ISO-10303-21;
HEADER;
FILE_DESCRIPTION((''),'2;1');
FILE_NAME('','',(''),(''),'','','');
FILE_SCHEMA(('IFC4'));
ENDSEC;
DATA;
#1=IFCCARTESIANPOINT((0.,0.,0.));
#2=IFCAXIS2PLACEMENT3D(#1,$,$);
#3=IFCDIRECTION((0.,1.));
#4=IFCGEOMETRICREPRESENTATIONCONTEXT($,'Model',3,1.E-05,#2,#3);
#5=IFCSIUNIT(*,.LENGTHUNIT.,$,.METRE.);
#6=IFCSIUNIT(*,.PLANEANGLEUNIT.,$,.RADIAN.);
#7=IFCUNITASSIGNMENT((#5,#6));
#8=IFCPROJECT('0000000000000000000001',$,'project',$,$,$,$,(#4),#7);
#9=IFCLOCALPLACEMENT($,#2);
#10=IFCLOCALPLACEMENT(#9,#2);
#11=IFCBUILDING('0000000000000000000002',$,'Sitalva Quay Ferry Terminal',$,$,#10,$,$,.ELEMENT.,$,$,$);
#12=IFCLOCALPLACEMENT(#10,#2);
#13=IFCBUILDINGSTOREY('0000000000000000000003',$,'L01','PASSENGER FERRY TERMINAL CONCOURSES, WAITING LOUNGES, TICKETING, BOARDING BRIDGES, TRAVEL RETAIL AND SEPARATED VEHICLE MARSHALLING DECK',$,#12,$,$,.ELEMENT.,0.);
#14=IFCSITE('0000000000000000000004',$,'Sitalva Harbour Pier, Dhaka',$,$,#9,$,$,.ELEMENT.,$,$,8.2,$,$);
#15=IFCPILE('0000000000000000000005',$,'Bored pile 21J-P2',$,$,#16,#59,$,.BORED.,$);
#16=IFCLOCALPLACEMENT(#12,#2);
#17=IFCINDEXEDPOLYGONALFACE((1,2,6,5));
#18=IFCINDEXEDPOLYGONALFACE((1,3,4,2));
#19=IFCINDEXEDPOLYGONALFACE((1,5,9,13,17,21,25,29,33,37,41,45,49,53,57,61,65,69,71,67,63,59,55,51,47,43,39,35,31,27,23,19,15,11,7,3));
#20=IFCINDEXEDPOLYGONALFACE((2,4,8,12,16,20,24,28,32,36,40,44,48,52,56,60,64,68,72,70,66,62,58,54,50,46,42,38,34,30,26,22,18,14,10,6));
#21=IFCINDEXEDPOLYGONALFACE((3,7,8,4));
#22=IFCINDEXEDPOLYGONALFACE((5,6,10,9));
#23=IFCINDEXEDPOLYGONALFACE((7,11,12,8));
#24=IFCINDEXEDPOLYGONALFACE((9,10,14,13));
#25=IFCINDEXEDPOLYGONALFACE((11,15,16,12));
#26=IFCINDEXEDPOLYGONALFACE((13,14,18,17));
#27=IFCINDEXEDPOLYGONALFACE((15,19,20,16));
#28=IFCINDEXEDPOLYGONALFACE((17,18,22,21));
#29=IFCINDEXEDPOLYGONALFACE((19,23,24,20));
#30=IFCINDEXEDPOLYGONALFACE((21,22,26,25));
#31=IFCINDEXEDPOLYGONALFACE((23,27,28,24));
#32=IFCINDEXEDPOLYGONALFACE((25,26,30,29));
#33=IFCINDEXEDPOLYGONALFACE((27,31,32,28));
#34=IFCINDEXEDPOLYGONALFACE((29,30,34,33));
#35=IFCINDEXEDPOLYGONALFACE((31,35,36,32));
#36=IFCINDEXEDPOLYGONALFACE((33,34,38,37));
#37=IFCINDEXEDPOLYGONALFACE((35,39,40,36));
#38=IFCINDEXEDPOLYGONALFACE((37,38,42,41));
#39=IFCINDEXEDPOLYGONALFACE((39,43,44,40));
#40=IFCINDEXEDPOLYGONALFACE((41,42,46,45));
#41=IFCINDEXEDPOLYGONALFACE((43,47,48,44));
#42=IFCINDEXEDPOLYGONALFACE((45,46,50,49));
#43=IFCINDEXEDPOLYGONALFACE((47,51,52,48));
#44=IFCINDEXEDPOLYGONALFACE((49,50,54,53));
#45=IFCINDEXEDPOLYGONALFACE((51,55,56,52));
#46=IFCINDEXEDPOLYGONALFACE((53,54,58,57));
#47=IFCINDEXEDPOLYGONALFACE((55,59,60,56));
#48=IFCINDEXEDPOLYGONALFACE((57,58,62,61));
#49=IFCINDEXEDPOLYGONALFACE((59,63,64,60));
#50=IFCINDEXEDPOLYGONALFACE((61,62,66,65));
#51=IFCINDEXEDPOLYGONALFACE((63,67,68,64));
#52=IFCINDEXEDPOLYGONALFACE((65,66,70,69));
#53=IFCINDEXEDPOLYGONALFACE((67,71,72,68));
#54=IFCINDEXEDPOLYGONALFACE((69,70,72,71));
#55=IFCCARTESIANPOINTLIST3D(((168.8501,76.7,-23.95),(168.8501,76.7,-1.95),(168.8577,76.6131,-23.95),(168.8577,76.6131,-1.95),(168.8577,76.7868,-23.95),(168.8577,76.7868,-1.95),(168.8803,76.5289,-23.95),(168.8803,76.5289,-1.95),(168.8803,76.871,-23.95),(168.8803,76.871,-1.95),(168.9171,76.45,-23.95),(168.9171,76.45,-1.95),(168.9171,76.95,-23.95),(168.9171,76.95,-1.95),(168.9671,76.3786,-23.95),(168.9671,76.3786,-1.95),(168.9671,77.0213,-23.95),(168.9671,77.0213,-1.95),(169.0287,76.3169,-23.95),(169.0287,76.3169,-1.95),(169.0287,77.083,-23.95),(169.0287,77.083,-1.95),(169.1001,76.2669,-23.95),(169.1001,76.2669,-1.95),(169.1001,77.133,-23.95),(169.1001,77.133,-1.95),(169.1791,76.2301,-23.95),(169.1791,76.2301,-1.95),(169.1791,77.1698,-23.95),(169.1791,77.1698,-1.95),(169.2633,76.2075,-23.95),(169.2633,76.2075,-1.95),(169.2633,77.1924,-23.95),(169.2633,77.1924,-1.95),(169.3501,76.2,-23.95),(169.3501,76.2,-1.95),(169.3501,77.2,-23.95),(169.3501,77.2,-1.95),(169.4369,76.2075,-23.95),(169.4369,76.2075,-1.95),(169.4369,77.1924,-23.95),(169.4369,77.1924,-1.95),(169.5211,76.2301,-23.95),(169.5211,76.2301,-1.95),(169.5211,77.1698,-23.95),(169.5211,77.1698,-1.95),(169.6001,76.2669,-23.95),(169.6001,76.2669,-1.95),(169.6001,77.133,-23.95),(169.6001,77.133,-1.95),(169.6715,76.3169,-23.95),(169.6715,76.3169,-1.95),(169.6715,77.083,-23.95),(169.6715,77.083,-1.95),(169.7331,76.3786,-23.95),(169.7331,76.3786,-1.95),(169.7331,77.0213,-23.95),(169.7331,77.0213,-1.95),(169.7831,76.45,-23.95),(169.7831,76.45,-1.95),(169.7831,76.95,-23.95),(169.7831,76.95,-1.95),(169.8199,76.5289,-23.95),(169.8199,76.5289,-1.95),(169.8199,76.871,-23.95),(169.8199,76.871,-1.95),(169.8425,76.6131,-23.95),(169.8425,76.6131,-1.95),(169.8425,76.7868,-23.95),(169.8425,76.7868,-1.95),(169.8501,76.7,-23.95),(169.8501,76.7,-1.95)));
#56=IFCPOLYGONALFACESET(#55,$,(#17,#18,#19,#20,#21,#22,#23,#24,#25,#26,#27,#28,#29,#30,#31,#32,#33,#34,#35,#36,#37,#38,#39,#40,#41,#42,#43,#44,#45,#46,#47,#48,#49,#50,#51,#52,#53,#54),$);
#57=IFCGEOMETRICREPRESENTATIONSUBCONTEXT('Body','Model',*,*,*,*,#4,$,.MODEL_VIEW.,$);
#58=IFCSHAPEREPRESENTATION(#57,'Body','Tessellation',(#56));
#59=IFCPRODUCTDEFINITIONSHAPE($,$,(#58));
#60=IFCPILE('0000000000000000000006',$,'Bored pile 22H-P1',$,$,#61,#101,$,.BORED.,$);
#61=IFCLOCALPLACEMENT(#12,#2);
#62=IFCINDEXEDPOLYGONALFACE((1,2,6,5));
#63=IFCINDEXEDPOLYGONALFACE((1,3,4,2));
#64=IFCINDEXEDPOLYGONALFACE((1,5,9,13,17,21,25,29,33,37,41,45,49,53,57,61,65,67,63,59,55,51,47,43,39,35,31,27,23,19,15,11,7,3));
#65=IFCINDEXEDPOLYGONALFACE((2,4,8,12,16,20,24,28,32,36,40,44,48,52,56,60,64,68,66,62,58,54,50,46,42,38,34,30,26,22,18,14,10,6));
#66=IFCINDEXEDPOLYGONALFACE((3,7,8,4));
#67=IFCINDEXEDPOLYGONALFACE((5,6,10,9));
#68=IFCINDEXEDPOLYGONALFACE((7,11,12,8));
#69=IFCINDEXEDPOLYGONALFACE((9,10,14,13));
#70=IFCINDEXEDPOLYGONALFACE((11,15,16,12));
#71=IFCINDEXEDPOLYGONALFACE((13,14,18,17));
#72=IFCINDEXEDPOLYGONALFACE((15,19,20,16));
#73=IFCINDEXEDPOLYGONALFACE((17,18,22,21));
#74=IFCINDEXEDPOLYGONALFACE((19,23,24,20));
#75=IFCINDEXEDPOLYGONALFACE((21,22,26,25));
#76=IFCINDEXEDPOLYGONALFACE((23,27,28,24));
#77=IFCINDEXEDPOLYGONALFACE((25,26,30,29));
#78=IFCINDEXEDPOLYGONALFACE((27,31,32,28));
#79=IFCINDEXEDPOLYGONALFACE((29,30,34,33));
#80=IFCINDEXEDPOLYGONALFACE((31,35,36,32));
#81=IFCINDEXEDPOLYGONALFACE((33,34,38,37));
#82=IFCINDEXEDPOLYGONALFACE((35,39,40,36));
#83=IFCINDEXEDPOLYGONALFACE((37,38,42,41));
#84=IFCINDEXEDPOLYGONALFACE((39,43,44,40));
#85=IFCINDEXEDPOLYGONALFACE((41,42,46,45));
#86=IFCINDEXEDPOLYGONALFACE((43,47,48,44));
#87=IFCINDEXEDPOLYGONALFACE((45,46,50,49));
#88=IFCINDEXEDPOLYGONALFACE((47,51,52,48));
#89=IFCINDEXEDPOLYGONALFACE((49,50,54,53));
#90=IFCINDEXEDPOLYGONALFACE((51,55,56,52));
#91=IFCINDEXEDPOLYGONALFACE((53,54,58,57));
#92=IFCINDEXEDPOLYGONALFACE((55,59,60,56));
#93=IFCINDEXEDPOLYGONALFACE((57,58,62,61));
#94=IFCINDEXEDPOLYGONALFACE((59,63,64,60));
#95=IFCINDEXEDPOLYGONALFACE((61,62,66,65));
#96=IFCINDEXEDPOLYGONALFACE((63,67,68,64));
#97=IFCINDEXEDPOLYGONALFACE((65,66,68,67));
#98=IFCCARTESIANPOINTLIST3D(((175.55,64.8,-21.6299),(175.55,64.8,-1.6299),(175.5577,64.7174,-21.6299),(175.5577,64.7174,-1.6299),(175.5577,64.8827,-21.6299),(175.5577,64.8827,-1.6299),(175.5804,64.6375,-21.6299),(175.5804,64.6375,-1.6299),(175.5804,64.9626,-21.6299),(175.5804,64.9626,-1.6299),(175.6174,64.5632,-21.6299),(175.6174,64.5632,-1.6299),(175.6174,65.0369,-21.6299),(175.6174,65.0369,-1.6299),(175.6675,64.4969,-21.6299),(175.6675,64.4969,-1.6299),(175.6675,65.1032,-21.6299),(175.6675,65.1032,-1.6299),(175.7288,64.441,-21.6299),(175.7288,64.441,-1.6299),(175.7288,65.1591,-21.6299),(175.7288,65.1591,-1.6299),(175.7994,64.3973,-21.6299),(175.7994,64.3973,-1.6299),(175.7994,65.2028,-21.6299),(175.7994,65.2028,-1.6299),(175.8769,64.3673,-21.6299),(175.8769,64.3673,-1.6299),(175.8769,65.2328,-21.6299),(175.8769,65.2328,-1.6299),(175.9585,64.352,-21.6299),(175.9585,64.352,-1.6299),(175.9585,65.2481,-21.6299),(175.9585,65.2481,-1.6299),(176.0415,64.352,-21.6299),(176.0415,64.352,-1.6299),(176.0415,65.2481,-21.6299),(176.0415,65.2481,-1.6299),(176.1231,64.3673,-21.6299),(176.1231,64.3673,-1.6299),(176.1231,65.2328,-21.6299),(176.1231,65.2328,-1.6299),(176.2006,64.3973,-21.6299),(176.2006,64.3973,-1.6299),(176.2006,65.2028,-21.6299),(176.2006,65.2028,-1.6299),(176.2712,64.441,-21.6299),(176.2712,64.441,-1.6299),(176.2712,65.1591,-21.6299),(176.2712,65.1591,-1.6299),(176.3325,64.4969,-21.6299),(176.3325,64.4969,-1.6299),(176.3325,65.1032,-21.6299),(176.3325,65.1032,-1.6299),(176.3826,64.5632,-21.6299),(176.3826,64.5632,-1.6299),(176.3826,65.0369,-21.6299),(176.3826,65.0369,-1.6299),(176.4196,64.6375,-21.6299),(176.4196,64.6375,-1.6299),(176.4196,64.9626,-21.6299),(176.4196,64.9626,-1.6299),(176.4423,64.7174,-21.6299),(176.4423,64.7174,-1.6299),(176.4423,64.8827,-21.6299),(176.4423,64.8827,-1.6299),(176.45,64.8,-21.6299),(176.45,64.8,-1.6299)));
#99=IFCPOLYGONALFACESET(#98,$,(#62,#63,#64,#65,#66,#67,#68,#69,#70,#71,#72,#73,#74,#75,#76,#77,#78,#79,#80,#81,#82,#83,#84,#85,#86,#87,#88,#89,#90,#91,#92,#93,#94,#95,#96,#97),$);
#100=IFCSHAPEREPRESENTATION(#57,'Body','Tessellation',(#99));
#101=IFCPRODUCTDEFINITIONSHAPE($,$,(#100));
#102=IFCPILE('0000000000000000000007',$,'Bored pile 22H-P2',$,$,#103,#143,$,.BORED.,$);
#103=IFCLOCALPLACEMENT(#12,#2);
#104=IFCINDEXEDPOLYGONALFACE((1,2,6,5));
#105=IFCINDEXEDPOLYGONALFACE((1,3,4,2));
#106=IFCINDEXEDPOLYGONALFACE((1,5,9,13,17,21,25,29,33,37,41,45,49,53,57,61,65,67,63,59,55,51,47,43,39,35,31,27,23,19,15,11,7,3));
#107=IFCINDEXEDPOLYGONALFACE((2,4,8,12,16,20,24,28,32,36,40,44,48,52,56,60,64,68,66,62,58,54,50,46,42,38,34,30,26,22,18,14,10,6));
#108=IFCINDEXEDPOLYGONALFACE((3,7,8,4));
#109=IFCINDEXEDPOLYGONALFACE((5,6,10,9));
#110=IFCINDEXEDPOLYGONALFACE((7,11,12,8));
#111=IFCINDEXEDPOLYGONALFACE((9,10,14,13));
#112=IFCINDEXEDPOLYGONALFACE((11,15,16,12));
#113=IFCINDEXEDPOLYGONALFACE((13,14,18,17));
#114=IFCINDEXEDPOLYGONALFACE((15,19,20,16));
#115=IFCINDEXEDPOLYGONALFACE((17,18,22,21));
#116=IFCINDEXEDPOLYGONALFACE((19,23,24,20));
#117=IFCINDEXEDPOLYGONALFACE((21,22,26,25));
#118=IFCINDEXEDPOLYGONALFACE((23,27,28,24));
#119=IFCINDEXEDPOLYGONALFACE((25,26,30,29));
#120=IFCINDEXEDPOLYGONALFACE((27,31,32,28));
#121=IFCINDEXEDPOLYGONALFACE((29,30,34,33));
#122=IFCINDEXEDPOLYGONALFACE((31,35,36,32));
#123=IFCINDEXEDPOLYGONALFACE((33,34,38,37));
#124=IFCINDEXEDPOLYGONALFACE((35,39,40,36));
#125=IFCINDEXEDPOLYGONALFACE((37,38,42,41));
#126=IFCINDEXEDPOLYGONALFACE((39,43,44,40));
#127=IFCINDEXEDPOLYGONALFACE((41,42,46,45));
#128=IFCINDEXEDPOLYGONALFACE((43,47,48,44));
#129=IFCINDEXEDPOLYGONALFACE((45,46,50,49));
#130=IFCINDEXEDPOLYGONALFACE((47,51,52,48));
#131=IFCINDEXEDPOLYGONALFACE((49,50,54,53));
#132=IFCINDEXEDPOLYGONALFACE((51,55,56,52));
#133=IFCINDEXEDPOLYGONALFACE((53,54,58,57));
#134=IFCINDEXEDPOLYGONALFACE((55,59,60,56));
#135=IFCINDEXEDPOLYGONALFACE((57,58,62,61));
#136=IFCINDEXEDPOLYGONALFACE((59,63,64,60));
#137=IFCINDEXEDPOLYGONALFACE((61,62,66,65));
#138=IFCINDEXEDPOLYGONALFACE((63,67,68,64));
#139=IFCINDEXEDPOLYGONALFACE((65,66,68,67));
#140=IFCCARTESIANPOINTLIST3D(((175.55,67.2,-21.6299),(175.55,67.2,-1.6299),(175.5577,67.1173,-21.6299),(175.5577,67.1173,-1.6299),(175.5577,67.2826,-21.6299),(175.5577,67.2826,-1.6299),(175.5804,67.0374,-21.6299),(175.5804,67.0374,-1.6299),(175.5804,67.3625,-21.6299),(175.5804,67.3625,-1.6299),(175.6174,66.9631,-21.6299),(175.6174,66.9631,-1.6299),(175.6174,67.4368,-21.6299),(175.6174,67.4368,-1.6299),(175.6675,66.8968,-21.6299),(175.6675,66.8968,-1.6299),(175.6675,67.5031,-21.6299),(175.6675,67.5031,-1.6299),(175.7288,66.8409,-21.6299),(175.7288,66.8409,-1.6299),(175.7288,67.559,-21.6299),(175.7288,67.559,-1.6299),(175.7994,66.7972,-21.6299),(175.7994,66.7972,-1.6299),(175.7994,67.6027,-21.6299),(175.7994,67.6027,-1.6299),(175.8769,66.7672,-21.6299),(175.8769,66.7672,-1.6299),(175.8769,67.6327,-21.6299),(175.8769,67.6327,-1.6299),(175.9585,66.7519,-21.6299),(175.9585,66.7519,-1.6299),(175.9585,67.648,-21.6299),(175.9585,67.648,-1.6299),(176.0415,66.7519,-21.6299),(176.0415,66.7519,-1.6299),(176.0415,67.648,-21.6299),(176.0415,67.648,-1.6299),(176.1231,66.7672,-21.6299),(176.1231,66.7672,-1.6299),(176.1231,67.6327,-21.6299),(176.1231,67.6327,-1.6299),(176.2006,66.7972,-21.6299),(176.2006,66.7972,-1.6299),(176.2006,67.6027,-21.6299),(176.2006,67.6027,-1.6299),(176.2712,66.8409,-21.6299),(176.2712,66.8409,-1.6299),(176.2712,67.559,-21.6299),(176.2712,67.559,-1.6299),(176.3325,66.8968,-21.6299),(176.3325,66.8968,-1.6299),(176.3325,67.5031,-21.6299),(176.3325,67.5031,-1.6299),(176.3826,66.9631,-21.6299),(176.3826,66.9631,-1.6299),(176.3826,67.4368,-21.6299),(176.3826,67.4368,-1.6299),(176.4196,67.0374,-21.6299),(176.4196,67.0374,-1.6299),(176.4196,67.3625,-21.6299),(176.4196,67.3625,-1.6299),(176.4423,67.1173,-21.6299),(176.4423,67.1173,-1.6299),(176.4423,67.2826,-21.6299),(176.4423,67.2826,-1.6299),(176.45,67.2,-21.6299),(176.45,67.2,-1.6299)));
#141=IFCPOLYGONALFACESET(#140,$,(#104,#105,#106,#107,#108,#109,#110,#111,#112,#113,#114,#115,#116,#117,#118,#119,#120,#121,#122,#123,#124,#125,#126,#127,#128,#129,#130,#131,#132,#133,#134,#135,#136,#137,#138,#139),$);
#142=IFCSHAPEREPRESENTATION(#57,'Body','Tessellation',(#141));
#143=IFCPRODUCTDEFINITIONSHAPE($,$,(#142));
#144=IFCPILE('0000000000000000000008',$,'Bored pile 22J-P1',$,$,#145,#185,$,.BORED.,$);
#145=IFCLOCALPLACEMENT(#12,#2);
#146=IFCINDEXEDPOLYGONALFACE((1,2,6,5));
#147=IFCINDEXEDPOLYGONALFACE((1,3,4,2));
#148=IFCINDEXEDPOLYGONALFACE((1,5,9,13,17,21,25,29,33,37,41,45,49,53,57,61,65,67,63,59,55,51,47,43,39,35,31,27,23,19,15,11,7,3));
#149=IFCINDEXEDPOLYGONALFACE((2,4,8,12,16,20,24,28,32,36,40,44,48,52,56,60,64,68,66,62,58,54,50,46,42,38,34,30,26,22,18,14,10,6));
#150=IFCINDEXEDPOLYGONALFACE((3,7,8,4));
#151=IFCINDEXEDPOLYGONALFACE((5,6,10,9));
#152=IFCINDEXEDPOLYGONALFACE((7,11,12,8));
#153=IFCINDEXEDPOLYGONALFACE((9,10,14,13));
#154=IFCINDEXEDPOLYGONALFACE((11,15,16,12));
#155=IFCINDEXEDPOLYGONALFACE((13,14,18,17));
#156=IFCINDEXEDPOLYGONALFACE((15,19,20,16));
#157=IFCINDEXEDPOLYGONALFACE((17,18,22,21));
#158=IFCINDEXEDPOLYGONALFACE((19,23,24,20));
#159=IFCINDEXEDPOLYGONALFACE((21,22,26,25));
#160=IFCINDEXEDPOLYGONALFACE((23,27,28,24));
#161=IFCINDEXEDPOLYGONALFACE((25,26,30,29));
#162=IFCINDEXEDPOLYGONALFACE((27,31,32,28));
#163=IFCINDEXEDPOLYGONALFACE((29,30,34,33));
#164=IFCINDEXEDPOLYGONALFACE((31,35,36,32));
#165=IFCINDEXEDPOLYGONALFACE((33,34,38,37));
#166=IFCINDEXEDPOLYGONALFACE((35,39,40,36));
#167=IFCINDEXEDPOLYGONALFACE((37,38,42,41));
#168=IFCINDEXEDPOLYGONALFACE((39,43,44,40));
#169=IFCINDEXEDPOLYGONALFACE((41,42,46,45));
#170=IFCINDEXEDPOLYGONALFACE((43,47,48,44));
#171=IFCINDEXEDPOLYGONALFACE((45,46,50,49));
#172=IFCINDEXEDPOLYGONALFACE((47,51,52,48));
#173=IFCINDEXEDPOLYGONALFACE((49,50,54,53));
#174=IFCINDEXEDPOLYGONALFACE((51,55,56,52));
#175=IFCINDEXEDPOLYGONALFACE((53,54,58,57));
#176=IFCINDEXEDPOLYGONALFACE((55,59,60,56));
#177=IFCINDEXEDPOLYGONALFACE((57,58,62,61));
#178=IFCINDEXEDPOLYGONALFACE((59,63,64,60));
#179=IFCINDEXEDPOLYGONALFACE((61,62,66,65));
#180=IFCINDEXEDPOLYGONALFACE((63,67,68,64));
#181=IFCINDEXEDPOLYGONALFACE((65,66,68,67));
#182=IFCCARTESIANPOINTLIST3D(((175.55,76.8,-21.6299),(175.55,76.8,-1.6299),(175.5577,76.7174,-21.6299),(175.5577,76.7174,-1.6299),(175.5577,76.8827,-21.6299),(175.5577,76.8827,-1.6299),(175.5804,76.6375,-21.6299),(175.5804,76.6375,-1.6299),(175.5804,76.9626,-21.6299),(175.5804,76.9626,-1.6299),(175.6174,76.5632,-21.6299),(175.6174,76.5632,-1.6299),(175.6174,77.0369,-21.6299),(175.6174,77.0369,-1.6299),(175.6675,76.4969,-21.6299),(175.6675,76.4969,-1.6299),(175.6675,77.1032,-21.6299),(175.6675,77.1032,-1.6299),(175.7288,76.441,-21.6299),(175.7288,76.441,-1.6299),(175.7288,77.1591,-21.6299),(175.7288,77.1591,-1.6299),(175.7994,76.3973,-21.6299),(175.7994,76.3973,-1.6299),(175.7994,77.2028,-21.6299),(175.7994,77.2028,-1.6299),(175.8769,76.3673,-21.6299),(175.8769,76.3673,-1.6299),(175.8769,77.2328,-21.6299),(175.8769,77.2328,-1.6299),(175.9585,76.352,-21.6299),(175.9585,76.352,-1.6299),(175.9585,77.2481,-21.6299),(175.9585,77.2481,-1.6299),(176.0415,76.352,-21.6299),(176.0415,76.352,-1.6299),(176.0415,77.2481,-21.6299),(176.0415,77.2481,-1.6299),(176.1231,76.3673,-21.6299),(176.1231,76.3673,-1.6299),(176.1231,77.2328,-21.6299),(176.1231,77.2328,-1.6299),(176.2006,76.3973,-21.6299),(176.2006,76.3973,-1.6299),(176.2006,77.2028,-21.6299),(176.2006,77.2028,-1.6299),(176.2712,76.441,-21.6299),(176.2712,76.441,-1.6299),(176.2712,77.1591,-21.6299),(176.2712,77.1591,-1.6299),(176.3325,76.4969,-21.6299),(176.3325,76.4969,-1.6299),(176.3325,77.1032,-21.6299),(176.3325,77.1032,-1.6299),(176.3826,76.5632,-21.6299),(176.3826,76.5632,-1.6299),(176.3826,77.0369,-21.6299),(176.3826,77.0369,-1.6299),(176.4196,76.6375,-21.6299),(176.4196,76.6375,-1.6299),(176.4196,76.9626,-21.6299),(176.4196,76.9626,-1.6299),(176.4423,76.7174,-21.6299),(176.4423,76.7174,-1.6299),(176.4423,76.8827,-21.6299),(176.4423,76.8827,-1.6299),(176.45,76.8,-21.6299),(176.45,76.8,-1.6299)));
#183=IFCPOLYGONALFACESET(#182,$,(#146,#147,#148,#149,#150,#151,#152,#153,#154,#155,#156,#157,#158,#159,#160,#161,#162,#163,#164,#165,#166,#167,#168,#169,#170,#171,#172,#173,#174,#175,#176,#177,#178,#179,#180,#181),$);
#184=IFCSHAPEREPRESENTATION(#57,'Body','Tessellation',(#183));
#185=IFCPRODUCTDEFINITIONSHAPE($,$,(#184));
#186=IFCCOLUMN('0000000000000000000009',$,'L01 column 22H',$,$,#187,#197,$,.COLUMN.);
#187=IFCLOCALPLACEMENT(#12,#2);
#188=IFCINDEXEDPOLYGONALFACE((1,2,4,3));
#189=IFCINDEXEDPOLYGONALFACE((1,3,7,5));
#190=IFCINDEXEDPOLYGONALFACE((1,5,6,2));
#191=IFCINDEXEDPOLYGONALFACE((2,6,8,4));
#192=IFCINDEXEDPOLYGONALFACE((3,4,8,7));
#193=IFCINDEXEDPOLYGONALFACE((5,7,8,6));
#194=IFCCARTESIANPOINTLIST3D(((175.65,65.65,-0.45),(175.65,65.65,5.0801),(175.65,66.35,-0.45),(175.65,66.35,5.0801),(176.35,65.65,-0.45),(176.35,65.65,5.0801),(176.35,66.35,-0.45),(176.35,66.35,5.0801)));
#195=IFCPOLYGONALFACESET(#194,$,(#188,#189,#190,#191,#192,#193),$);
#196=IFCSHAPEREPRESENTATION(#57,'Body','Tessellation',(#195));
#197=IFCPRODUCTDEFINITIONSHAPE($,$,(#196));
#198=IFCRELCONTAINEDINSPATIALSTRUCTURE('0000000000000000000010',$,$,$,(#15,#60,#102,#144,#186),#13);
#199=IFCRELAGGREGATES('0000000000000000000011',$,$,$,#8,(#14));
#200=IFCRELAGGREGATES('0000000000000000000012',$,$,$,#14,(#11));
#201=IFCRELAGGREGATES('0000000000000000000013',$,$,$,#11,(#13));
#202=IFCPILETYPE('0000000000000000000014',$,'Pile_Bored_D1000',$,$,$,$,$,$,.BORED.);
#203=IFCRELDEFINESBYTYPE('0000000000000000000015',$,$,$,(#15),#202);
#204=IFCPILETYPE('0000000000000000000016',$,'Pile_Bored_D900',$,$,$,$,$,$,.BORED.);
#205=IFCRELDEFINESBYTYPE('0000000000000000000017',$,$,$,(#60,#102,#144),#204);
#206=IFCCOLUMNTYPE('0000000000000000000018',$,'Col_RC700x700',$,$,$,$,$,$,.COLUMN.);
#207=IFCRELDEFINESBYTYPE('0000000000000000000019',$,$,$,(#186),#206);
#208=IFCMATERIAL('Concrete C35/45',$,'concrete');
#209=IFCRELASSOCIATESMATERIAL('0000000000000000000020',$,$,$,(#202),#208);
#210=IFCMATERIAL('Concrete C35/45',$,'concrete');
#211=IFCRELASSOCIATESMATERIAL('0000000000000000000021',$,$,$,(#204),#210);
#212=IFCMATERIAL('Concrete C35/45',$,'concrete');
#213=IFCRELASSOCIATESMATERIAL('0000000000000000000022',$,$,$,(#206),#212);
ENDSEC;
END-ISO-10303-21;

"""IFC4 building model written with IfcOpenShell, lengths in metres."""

from ifc_helpers import new_model, si_unit, direction, frame, origin, origin_2d, place, context, subcontext, project, spatial, rectangle, circle, extrude, material, material_profile, profile_set, type_object, element, save


model = new_model("IFC4")

# Units and contexts
model_context = context("Model", 3, precision=1e-05, world=origin(), true_north=direction((0.0, 1.0)))
body_context = subcontext(model_context, "Body", "Model", "MODEL_VIEW")
ifc_project = project(units=[si_unit("LENGTHUNIT", "METRE"), si_unit("PLANEANGLEUNIT", "RADIAN")], contexts=[model_context])

# Site, building, storey
site_placement = place(None, origin())
site = spatial("IfcSite", under=ifc_project, at=site_placement, Name="Sitalva Harbour Pier, Dhaka", CompositionType="ELEMENT", RefElevation=8.2)
building_placement = place(site_placement, origin())
building = spatial("IfcBuilding", under=site, at=building_placement, Name="Sitalva Quay Ferry Terminal", CompositionType="ELEMENT")
storey_placement = place(building_placement, origin())
storey = spatial("IfcBuildingStorey", under=building, at=storey_placement, Name="L01", Description="PASSENGER FERRY TERMINAL CONCOURSES, WAITING LOUNGES, TICKETING, BOARDING BRIDGES, TRAVEL RETAIL AND SEPARATED VEHICLE MARSHALLING DECK", CompositionType="ELEMENT", Elevation=0.0)

# Piles
ifc_material_1 = material(Name="Concrete C35/45", Category="concrete")
ifc_material_profile_1 = material_profile(ifc_material_1, circle(Radius=0.5, at=origin_2d()), Name="PILE-D1000")
ifc_profile_set_1 = profile_set([ifc_material_profile_1], Name="Concrete C35/45")
pile_type_1 = type_object("IfcPileType", Name="Pile_Bored_D1000", PredefinedType="BORED", material=ifc_profile_set_1)
for number, where, z_axis, x_axis, name in (
    (1, (169.3501, 76.7, -1.95), (0.0, 0.0, -1.0), (1.0, 0.0, 0.0), "Bored pile 21J-P2"),
):
    element("IfcPile", number, at=place(storey_placement, frame(where, z_axis=z_axis, x_axis=x_axis)), inside=storey, type_object=pile_type_1, Name=name, PredefinedType="BORED", context=body_context, shape_type="SweptSolid", body=[
        extrude(circle(Radius=0.5, at=origin_2d()), origin(), (0.0, 0.0, 1.0), 22.0),
    ])
ifc_material_2 = material(Name="Concrete C35/45", Category="concrete")
ifc_material_profile_2 = material_profile(ifc_material_2, circle(Radius=0.45, at=origin_2d()), Name="PILE-D900")
ifc_profile_set_2 = profile_set([ifc_material_profile_2], Name="Concrete C35/45")
pile_type_2 = type_object("IfcPileType", Name="Pile_Bored_D900", PredefinedType="BORED", material=ifc_profile_set_2)
for number, where, z_axis, x_axis, name in (
    (2, (176.0, 64.8, -1.6299), (0.0, 0.0, -1.0), (1.0, 0.0, 0.0), "Bored pile 22H-P1"),
    (3, (176.0, 67.2, -1.6299), (0.0, 0.0, -1.0), (1.0, 0.0, 0.0), "Bored pile 22H-P2"),
    (4, (176.0, 76.8, -1.6299), (0.0, 0.0, -1.0), (1.0, 0.0, 0.0), "Bored pile 22J-P1"),
):
    element("IfcPile", number, at=place(storey_placement, frame(where, z_axis=z_axis, x_axis=x_axis)), inside=storey, type_object=pile_type_2, Name=name, PredefinedType="BORED", context=body_context, shape_type="SweptSolid", body=[
        extrude(circle(Radius=0.45, at=origin_2d()), origin(), (0.0, 0.0, 1.0), 20.0),
    ])

# Column
ifc_material_3 = material(Name="Concrete C35/45", Category="concrete")
ifc_material_profile_3 = material_profile(ifc_material_3, rectangle(XDim=0.7, YDim=0.7, at=origin_2d()), Name="RC700x700")
ifc_profile_set_3 = profile_set([ifc_material_profile_3], Name="Concrete C35/45")
column_type_1 = type_object("IfcColumnType", Name="Col_RC700x700", PredefinedType="COLUMN", material=ifc_profile_set_3)
column_1_placement = place(storey_placement, frame((176.0, 66.0, -0.45), z_axis=(0.0, 0.0, 1.0), x_axis=(1.0, 0.0, 0.0)))
element("IfcColumn", 5, at=column_1_placement, inside=storey, type_object=column_type_1, Name="L01 column 22H", PredefinedType="COLUMN", context=body_context, shape_type="SweptSolid", body=[
    extrude(rectangle(XDim=0.7, YDim=0.7, at=origin_2d()), origin(), (0.0, 0.0, 1.0), 5.53),
])

save(model, "model.ifc")
